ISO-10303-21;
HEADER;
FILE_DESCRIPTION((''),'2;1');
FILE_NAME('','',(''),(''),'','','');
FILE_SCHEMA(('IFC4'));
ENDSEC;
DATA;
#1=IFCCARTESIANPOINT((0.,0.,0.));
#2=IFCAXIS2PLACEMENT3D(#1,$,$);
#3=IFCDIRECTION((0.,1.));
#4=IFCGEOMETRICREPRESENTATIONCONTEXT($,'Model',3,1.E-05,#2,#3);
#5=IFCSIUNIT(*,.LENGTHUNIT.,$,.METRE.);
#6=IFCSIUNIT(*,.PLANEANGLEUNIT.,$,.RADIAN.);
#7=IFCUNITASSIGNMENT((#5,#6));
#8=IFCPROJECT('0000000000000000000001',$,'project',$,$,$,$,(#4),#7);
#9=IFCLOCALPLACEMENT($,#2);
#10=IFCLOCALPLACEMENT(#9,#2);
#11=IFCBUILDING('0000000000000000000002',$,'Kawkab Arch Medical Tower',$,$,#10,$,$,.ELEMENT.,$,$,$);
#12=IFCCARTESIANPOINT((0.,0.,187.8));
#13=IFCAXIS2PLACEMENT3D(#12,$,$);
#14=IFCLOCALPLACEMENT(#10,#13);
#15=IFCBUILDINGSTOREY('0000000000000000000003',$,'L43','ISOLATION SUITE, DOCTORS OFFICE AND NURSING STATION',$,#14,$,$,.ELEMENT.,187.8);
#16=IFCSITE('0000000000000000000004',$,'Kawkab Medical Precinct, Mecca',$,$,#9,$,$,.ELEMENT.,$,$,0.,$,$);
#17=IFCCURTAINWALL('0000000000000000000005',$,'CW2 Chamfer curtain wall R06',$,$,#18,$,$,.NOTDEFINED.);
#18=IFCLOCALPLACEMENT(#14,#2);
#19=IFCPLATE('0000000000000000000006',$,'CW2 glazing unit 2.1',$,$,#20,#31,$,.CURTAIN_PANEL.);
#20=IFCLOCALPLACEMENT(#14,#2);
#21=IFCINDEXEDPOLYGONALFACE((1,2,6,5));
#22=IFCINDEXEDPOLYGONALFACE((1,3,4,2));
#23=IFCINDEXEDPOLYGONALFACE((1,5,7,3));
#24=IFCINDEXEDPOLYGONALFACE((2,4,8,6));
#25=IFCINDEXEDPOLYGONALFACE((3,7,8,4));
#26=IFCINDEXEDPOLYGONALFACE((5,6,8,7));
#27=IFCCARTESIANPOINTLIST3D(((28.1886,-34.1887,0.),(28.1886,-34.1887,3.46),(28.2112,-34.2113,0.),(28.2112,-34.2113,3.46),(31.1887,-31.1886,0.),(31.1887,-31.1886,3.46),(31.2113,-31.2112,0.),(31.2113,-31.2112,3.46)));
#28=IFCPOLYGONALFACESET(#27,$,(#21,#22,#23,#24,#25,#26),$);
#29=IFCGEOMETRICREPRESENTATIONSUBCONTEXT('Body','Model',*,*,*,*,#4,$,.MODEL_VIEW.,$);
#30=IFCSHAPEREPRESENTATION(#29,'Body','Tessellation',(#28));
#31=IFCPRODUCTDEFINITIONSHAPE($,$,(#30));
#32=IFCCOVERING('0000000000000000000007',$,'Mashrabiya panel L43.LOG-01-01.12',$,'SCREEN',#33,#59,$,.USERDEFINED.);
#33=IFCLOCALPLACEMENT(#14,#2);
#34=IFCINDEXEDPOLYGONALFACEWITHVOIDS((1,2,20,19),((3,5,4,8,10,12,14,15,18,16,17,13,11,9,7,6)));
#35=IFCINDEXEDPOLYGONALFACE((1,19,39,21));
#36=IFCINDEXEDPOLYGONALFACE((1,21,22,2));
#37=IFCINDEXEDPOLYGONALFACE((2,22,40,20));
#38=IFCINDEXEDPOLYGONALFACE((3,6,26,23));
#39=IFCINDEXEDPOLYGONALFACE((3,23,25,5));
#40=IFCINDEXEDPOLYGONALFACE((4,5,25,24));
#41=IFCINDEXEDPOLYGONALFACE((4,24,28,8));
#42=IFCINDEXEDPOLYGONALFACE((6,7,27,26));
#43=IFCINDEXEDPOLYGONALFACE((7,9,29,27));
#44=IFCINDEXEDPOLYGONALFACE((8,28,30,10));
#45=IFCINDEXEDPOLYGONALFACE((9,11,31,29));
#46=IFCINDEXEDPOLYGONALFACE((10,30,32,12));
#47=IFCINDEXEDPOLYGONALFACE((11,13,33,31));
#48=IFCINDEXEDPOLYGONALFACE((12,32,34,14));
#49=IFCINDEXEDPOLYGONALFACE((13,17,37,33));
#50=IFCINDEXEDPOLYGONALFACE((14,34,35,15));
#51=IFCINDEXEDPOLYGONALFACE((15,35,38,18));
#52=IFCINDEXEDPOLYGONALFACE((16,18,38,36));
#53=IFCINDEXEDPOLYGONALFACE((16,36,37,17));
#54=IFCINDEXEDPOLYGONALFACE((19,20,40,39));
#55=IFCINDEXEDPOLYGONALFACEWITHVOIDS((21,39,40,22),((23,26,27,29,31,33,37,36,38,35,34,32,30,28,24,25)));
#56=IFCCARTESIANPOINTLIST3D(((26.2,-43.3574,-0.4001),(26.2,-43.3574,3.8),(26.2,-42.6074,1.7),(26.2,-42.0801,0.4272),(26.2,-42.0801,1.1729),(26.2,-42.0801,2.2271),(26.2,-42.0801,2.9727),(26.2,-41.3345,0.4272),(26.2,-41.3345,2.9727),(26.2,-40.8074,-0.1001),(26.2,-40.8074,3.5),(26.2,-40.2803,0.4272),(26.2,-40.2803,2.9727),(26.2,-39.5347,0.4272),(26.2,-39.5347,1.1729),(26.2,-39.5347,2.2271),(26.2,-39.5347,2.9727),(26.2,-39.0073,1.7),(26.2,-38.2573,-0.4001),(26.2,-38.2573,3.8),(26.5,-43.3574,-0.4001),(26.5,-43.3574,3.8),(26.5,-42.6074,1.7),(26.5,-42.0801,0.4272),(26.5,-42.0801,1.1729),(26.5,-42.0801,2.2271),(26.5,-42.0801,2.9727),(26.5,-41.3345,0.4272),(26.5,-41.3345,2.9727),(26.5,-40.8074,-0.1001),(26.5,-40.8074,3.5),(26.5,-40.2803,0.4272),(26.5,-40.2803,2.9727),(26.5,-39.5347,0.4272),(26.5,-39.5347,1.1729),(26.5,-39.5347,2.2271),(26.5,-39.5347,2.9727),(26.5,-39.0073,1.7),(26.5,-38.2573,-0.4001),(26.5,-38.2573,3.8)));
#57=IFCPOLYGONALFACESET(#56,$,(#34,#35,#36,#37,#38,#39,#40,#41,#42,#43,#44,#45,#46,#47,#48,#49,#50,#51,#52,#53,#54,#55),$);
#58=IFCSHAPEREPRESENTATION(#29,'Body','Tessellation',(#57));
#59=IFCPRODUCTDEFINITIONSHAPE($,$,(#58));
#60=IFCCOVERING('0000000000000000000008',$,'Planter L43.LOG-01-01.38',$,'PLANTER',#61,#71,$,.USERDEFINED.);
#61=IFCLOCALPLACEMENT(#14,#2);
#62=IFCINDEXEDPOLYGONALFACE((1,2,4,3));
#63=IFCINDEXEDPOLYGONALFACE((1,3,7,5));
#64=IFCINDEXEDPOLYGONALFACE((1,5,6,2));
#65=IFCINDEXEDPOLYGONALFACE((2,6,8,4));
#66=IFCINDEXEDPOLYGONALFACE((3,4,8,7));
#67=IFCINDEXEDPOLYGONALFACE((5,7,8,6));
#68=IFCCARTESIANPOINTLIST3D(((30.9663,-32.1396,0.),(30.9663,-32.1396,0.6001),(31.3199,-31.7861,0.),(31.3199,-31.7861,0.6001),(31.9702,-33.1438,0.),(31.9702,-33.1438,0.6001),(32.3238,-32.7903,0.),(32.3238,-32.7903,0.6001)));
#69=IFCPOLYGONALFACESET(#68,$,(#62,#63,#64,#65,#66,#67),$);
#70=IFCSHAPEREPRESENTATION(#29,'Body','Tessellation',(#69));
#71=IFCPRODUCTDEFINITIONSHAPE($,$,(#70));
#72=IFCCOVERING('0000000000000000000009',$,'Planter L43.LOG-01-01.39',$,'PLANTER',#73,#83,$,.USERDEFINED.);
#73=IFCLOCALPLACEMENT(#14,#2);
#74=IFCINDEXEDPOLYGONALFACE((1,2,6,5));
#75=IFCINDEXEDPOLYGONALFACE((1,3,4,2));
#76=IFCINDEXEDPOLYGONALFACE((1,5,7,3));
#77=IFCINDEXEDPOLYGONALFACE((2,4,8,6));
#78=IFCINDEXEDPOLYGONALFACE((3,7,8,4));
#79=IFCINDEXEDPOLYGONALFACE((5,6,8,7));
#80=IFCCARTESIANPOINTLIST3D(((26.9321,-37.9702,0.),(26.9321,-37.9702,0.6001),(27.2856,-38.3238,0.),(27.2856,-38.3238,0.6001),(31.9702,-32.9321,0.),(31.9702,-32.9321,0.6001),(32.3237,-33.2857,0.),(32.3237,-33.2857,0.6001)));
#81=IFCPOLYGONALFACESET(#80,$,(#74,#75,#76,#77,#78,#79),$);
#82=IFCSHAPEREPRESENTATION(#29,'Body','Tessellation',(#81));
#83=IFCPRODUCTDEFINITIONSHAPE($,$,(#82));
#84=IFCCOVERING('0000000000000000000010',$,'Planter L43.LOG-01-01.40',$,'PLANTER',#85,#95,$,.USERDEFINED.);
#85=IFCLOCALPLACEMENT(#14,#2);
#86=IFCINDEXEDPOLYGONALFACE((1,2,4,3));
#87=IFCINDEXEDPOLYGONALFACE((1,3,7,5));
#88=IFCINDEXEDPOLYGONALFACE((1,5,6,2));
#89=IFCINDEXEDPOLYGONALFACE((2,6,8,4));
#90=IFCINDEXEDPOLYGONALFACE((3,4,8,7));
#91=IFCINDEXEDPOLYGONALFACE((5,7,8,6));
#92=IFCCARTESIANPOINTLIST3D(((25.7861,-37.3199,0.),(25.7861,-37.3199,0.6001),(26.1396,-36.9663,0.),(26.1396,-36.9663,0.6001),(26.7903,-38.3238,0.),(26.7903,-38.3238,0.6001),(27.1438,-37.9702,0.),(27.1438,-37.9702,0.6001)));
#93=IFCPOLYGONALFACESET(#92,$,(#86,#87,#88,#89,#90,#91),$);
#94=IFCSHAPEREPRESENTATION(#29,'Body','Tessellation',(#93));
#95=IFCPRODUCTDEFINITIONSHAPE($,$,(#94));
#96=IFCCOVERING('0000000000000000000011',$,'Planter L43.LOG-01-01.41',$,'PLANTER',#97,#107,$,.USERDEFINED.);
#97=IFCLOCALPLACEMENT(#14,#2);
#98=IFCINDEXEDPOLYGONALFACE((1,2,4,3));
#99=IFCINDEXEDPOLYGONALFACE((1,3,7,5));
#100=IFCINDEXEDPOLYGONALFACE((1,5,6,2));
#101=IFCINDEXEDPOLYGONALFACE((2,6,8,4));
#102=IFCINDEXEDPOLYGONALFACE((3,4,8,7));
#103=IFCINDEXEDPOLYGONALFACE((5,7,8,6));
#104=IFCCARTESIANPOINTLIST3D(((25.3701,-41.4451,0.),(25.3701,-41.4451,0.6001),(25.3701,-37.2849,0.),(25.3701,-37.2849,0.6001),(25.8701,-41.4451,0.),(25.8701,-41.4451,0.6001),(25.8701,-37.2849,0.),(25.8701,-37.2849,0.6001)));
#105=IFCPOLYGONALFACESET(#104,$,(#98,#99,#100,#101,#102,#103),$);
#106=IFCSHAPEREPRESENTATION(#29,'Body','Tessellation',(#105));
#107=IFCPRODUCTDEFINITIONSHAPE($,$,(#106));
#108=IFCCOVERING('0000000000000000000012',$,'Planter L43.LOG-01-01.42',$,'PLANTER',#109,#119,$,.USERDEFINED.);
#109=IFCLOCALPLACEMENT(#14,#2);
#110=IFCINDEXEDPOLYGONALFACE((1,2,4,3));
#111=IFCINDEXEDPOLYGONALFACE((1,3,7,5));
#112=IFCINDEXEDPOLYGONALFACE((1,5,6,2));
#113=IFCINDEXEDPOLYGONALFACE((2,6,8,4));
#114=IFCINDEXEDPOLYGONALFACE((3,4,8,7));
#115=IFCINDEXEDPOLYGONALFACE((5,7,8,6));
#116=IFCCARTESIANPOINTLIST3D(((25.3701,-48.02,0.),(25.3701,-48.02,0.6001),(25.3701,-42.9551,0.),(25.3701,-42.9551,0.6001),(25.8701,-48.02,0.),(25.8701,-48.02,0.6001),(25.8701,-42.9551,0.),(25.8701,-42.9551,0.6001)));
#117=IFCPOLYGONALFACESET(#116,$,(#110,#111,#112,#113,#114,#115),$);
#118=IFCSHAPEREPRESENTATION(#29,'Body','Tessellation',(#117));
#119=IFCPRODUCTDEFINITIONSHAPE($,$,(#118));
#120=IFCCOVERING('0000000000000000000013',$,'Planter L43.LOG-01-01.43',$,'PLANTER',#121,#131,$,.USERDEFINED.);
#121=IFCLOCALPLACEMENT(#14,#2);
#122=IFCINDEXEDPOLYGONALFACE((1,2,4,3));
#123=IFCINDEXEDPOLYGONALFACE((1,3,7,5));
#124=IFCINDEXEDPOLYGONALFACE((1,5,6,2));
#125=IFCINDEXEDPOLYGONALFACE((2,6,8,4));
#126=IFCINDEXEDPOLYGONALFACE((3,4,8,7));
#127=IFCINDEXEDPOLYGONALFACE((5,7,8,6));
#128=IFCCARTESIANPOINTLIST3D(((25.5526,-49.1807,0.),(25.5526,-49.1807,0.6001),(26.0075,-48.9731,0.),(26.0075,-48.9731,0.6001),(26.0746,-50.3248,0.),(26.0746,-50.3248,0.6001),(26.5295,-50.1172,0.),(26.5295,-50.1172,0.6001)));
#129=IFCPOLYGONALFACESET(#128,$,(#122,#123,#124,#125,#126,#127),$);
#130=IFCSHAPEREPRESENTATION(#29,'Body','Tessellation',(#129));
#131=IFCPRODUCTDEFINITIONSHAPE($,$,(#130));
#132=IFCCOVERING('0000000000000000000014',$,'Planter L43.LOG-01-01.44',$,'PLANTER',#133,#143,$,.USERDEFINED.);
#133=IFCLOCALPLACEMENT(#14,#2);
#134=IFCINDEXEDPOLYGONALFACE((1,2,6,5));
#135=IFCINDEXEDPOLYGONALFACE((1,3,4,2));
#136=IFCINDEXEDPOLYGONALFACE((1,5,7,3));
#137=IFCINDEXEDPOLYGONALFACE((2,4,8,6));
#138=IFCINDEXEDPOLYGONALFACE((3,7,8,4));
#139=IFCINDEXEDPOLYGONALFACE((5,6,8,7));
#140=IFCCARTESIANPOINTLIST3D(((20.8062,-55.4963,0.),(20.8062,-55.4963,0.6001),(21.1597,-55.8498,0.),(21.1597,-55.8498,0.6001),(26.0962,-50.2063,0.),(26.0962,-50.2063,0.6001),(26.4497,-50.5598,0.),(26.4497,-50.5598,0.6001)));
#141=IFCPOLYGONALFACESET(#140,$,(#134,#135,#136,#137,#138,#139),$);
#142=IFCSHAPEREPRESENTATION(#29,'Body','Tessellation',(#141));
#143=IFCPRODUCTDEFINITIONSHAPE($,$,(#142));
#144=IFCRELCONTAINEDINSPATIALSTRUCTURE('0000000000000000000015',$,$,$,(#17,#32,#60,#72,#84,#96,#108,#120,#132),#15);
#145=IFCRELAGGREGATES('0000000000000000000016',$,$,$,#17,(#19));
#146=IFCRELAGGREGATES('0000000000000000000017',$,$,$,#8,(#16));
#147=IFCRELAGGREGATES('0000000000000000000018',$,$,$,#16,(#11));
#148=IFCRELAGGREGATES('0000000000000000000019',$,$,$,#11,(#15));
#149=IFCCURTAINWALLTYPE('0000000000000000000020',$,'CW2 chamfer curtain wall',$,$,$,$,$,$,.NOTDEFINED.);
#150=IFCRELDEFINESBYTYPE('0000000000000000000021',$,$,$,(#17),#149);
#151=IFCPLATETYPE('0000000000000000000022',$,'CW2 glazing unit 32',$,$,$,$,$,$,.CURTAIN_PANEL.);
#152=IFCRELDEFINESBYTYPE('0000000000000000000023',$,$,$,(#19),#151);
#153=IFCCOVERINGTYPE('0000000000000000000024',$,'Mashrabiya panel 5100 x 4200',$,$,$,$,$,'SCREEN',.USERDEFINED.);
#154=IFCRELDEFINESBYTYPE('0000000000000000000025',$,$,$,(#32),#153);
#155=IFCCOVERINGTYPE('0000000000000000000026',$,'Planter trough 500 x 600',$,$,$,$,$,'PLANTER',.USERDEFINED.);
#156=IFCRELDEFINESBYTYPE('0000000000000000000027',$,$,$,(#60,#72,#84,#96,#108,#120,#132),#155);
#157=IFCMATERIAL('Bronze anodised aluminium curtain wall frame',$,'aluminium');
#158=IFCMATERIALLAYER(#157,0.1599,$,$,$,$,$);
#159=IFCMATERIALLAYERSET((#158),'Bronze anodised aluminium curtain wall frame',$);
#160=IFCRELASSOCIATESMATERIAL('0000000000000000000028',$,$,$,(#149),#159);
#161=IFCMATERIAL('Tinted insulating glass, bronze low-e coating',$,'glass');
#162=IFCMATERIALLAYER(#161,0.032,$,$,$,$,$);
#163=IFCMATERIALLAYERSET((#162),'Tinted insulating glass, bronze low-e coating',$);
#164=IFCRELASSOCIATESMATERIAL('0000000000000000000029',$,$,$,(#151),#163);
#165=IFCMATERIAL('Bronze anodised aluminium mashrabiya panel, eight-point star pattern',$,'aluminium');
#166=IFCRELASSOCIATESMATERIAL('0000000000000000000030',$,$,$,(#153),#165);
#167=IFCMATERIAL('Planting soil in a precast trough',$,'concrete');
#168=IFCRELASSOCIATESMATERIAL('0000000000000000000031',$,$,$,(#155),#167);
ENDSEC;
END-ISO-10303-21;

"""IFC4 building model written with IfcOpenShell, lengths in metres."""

from ifc_helpers import new_model, si_unit, direction, frame, origin, origin_2d, place, context, subcontext, project, spatial, polyline, rectangle, outline, extrude, material, layer, layer_set, material_profile, profile_set, type_object, element, aggregate, save


model = new_model("IFC4")

# Units and contexts
model_context = context("Model", 3, precision=1e-05, world=origin(), true_north=direction((0.0, 1.0)))
body_context = subcontext(model_context, "Body", "Model", "MODEL_VIEW")
ifc_project = project(units=[si_unit("LENGTHUNIT", "METRE"), si_unit("PLANEANGLEUNIT", "RADIAN")], contexts=[model_context])

# Site, building, storey
site_placement = place(None, origin())
site = spatial("IfcSite", under=ifc_project, at=site_placement, Name="Kawkab Medical Precinct, Mecca", CompositionType="ELEMENT", RefElevation=0.0)
building_placement = place(site_placement, origin())
building = spatial("IfcBuilding", under=site, at=building_placement, Name="Kawkab Arch Medical Tower", CompositionType="ELEMENT")
storey_placement = place(building_placement, frame((0.0, 0.0, 187.8)))
storey = spatial("IfcBuildingStorey", under=building, at=storey_placement, Name="L43", Description="ISOLATION SUITE, DOCTORS OFFICE AND NURSING STATION", CompositionType="ELEMENT", Elevation=187.8)

# Shared definitions
placement = place(storey_placement, origin())

# Shared definitions
ifc_material_1 = material(Name="Bronze anodised aluminium curtain wall frame", Category="aluminium")
ifc_layer_1 = layer(ifc_material_1, 0.1599)
ifc_layer_set_1 = layer_set([ifc_layer_1], Name="Bronze anodised aluminium curtain wall frame")
curtain_wall_type_1 = type_object("IfcCurtainWallType", Name="CW2 chamfer curtain wall", PredefinedType="NOTDEFINED", material=ifc_layer_set_1)

# Curtain wall
curtain_wall_1 = element("IfcCurtainWall", 1, at=placement, inside=storey, type_object=curtain_wall_type_1, Name="CW2 Chamfer curtain wall R06", PredefinedType="NOTDEFINED")

# Plate
ifc_material_2 = material(Name="Tinted insulating glass, bronze low-e coating", Category="glass")
ifc_layer_2 = layer(ifc_material_2, 0.032)
ifc_layer_set_2 = layer_set([ifc_layer_2], Name="Tinted insulating glass, bronze low-e coating")
plate_type_1 = type_object("IfcPlateType", Name="CW2 glazing unit 32", PredefinedType="CURTAIN_PANEL", material=ifc_layer_set_2)
plate_1_placement = place(storey_placement, frame((29.7, -32.7, 0.0), z_axis=(0.0, 0.0, 1.0), x_axis=(0.707107, 0.707107, 0.0)))
plate_1 = element("IfcPlate", 2, at=plate_1_placement, type_object=plate_type_1, Name="CW2 glazing unit 2.1", PredefinedType="CURTAIN_PANEL", context=body_context, shape_type="SweptSolid", body=[
    extrude(rectangle(XDim=4.2427, YDim=0.032, at=origin_2d()), origin(), (0.0, 0.0, 1.0), 3.46),
])
aggregate(curtain_wall_1, [plate_1])

# Coverings
ifc_material_3 = material(Name="Bronze anodised aluminium mashrabiya panel, eight-point star pattern", Category="aluminium")
ifc_material_profile_1 = material_profile(ifc_material_3, outline(polyline([(-2.55, -2.1001), (2.55, -2.1001), (2.55, 2.1001), (-2.55, 2.1001), (-2.55, -2.1001)]), holes=[polyline([(1.8, 0.0), (1.2727, 0.5271), (1.2727, 1.2727), (0.5271, 1.2727), (0.0, 1.8), (-0.5271, 1.2727), (-1.2727, 1.2727), (-1.2727, 0.5271), (-1.8, 0.0), (-1.2727, -0.5271), (-1.2727, -1.2727), (-0.5271, -1.2727), (0.0, -1.8), (0.5271, -1.2727), (1.2727, -1.2727), (1.2727, -0.5271), (1.8, 0.0)])]), Name="Mashrabiya panel 5100x4200")
ifc_profile_set_1 = profile_set([ifc_material_profile_1], Name="Bronze anodised aluminium mashrabiya panel, eight-point star pattern")
covering_type_1 = type_object("IfcCoveringType", Name="Mashrabiya panel 5100 x 4200", ElementType="SCREEN", PredefinedType="USERDEFINED", material=ifc_profile_set_1)
covering_1_placement = place(storey_placement, frame((26.2, -40.8074, 1.7), z_axis=(1.0, 0.0, 0.0), x_axis=(0.0, 1.0, 0.0)))
element("IfcCovering", 3, at=covering_1_placement, inside=storey, type_object=covering_type_1, Name="Mashrabiya panel L43.LOG-01-01.12", ObjectType="SCREEN", PredefinedType="USERDEFINED", context=body_context, shape_type="SweptSolid", body=[
    extrude(outline(polyline([(-2.55, -2.1001), (2.55, -2.1001), (2.55, 2.1001), (-2.55, 2.1001), (-2.55, -2.1001)]), holes=[polyline([(1.8, 0.0), (1.2727, 0.5271), (1.2727, 1.2727), (0.5271, 1.2727), (0.0, 1.8), (-0.5271, 1.2727), (-1.2727, 1.2727), (-1.2727, 0.5271), (-1.8, 0.0), (-1.2727, -0.5271), (-1.2727, -1.2727), (-0.5271, -1.2727), (0.0, -1.8), (0.5271, -1.2727), (1.2727, -1.2727), (1.2727, -0.5271), (1.8, 0.0)])]), origin(), (0.0, 0.0, 1.0), 0.3),
])
ifc_material_4 = material(Name="Planting soil in a precast trough", Category="concrete")
ifc_material_profile_2 = material_profile(ifc_material_4, rectangle(XDim=0.5, YDim=0.6001, at=origin_2d()), Name="Trough 500x600")
ifc_profile_set_2 = profile_set([ifc_material_profile_2], Name="Planting soil in a precast trough")
covering_type_2 = type_object("IfcCoveringType", Name="Planter trough 500 x 600", ElementType="PLANTER", PredefinedType="USERDEFINED", material=ifc_profile_set_2)
covering_2_placement = place(storey_placement, frame((31.1431, -31.9629, 0.3), z_axis=(0.707021, -0.707193, 0.0), x_axis=(0.707193, 0.707021, 0.0)))
element("IfcCovering", 4, at=covering_2_placement, inside=storey, type_object=covering_type_2, Name="Planter L43.LOG-01-01.38", ObjectType="PLANTER", PredefinedType="USERDEFINED", context=body_context, shape_type="SweptSolid", body=[
    extrude(rectangle(XDim=0.5, YDim=0.6001, at=origin_2d()), origin(), (0.0, 0.0, 1.0), 1.4199),
])
covering_3_placement = place(storey_placement, frame((32.147, -33.1089, 0.3), z_axis=(-0.707107, -0.707107, 0.0), x_axis=(0.707107, -0.707107, 0.0)))
element("IfcCovering", 5, at=covering_3_placement, inside=storey, type_object=covering_type_2, Name="Planter L43.LOG-01-01.39", ObjectType="PLANTER", PredefinedType="USERDEFINED", context=body_context, shape_type="SweptSolid", body=[
    extrude(rectangle(XDim=0.5, YDim=0.6001, at=origin_2d()), origin(), (0.0, 0.0, 1.0), 7.125),
])
covering_4_placement = place(storey_placement, frame((26.967, -38.147, 0.3), z_axis=(-0.707193, 0.707021, 0.0), x_axis=(-0.707021, -0.707193, 0.0)))
element("IfcCovering", 6, at=covering_4_placement, inside=storey, type_object=covering_type_2, Name="Planter L43.LOG-01-01.40", ObjectType="PLANTER", PredefinedType="USERDEFINED", context=body_context, shape_type="SweptSolid", body=[
    extrude(rectangle(XDim=0.5, YDim=0.6001, at=origin_2d()), origin(), (0.0, 0.0, 1.0), 1.4199),
])
covering_5_placement = place(storey_placement, frame((25.6201, -37.2849, 0.3), z_axis=(0.0, -1.0, 0.0), x_axis=(1.0, 0.0, 0.0)))
element("IfcCovering", 7, at=covering_5_placement, inside=storey, type_object=covering_type_2, Name="Planter L43.LOG-01-01.41", ObjectType="PLANTER", PredefinedType="USERDEFINED", context=body_context, shape_type="SweptSolid", body=[
    extrude(rectangle(XDim=0.5, YDim=0.6001, at=origin_2d()), origin(), (0.0, 0.0, 1.0), 4.1602),
])
covering_6_placement = place(storey_placement, frame((25.6201, -42.9551, 0.3), z_axis=(0.0, -1.0, 0.0), x_axis=(1.0, 0.0, 0.0)))
element("IfcCovering", 8, at=covering_6_placement, inside=storey, type_object=covering_type_2, Name="Planter L43.LOG-01-01.42", ObjectType="PLANTER", PredefinedType="USERDEFINED", context=body_context, shape_type="SweptSolid", body=[
    extrude(rectangle(XDim=0.5, YDim=0.6001, at=origin_2d()), origin(), (0.0, 0.0, 1.0), 5.0649),
])
covering_7_placement = place(storey_placement, frame((25.78, -49.0769, 0.3), z_axis=(0.41509, -0.90978, 0.0), x_axis=(0.90978, 0.41509, 0.0)))
element("IfcCovering", 9, at=covering_7_placement, inside=storey, type_object=covering_type_2, Name="Planter L43.LOG-01-01.43", ObjectType="PLANTER", PredefinedType="USERDEFINED", context=body_context, shape_type="SweptSolid", body=[
    extrude(rectangle(XDim=0.5, YDim=0.6001, at=origin_2d()), origin(), (0.0, 0.0, 1.0), 1.2576),
])
covering_8_placement = place(storey_placement, frame((26.2729, -50.3831, 0.3), z_axis=(-0.707107, -0.707107, 0.0), x_axis=(0.707107, -0.707107, 0.0)))
element("IfcCovering", 10, at=covering_8_placement, inside=storey, type_object=covering_type_2, Name="Planter L43.LOG-01-01.44", ObjectType="PLANTER", PredefinedType="USERDEFINED", context=body_context, shape_type="SweptSolid", body=[
    extrude(rectangle(XDim=0.5, YDim=0.6001, at=origin_2d()), origin(), (0.0, 0.0, 1.0), 7.4812),
])

save(model, "model.ifc")
